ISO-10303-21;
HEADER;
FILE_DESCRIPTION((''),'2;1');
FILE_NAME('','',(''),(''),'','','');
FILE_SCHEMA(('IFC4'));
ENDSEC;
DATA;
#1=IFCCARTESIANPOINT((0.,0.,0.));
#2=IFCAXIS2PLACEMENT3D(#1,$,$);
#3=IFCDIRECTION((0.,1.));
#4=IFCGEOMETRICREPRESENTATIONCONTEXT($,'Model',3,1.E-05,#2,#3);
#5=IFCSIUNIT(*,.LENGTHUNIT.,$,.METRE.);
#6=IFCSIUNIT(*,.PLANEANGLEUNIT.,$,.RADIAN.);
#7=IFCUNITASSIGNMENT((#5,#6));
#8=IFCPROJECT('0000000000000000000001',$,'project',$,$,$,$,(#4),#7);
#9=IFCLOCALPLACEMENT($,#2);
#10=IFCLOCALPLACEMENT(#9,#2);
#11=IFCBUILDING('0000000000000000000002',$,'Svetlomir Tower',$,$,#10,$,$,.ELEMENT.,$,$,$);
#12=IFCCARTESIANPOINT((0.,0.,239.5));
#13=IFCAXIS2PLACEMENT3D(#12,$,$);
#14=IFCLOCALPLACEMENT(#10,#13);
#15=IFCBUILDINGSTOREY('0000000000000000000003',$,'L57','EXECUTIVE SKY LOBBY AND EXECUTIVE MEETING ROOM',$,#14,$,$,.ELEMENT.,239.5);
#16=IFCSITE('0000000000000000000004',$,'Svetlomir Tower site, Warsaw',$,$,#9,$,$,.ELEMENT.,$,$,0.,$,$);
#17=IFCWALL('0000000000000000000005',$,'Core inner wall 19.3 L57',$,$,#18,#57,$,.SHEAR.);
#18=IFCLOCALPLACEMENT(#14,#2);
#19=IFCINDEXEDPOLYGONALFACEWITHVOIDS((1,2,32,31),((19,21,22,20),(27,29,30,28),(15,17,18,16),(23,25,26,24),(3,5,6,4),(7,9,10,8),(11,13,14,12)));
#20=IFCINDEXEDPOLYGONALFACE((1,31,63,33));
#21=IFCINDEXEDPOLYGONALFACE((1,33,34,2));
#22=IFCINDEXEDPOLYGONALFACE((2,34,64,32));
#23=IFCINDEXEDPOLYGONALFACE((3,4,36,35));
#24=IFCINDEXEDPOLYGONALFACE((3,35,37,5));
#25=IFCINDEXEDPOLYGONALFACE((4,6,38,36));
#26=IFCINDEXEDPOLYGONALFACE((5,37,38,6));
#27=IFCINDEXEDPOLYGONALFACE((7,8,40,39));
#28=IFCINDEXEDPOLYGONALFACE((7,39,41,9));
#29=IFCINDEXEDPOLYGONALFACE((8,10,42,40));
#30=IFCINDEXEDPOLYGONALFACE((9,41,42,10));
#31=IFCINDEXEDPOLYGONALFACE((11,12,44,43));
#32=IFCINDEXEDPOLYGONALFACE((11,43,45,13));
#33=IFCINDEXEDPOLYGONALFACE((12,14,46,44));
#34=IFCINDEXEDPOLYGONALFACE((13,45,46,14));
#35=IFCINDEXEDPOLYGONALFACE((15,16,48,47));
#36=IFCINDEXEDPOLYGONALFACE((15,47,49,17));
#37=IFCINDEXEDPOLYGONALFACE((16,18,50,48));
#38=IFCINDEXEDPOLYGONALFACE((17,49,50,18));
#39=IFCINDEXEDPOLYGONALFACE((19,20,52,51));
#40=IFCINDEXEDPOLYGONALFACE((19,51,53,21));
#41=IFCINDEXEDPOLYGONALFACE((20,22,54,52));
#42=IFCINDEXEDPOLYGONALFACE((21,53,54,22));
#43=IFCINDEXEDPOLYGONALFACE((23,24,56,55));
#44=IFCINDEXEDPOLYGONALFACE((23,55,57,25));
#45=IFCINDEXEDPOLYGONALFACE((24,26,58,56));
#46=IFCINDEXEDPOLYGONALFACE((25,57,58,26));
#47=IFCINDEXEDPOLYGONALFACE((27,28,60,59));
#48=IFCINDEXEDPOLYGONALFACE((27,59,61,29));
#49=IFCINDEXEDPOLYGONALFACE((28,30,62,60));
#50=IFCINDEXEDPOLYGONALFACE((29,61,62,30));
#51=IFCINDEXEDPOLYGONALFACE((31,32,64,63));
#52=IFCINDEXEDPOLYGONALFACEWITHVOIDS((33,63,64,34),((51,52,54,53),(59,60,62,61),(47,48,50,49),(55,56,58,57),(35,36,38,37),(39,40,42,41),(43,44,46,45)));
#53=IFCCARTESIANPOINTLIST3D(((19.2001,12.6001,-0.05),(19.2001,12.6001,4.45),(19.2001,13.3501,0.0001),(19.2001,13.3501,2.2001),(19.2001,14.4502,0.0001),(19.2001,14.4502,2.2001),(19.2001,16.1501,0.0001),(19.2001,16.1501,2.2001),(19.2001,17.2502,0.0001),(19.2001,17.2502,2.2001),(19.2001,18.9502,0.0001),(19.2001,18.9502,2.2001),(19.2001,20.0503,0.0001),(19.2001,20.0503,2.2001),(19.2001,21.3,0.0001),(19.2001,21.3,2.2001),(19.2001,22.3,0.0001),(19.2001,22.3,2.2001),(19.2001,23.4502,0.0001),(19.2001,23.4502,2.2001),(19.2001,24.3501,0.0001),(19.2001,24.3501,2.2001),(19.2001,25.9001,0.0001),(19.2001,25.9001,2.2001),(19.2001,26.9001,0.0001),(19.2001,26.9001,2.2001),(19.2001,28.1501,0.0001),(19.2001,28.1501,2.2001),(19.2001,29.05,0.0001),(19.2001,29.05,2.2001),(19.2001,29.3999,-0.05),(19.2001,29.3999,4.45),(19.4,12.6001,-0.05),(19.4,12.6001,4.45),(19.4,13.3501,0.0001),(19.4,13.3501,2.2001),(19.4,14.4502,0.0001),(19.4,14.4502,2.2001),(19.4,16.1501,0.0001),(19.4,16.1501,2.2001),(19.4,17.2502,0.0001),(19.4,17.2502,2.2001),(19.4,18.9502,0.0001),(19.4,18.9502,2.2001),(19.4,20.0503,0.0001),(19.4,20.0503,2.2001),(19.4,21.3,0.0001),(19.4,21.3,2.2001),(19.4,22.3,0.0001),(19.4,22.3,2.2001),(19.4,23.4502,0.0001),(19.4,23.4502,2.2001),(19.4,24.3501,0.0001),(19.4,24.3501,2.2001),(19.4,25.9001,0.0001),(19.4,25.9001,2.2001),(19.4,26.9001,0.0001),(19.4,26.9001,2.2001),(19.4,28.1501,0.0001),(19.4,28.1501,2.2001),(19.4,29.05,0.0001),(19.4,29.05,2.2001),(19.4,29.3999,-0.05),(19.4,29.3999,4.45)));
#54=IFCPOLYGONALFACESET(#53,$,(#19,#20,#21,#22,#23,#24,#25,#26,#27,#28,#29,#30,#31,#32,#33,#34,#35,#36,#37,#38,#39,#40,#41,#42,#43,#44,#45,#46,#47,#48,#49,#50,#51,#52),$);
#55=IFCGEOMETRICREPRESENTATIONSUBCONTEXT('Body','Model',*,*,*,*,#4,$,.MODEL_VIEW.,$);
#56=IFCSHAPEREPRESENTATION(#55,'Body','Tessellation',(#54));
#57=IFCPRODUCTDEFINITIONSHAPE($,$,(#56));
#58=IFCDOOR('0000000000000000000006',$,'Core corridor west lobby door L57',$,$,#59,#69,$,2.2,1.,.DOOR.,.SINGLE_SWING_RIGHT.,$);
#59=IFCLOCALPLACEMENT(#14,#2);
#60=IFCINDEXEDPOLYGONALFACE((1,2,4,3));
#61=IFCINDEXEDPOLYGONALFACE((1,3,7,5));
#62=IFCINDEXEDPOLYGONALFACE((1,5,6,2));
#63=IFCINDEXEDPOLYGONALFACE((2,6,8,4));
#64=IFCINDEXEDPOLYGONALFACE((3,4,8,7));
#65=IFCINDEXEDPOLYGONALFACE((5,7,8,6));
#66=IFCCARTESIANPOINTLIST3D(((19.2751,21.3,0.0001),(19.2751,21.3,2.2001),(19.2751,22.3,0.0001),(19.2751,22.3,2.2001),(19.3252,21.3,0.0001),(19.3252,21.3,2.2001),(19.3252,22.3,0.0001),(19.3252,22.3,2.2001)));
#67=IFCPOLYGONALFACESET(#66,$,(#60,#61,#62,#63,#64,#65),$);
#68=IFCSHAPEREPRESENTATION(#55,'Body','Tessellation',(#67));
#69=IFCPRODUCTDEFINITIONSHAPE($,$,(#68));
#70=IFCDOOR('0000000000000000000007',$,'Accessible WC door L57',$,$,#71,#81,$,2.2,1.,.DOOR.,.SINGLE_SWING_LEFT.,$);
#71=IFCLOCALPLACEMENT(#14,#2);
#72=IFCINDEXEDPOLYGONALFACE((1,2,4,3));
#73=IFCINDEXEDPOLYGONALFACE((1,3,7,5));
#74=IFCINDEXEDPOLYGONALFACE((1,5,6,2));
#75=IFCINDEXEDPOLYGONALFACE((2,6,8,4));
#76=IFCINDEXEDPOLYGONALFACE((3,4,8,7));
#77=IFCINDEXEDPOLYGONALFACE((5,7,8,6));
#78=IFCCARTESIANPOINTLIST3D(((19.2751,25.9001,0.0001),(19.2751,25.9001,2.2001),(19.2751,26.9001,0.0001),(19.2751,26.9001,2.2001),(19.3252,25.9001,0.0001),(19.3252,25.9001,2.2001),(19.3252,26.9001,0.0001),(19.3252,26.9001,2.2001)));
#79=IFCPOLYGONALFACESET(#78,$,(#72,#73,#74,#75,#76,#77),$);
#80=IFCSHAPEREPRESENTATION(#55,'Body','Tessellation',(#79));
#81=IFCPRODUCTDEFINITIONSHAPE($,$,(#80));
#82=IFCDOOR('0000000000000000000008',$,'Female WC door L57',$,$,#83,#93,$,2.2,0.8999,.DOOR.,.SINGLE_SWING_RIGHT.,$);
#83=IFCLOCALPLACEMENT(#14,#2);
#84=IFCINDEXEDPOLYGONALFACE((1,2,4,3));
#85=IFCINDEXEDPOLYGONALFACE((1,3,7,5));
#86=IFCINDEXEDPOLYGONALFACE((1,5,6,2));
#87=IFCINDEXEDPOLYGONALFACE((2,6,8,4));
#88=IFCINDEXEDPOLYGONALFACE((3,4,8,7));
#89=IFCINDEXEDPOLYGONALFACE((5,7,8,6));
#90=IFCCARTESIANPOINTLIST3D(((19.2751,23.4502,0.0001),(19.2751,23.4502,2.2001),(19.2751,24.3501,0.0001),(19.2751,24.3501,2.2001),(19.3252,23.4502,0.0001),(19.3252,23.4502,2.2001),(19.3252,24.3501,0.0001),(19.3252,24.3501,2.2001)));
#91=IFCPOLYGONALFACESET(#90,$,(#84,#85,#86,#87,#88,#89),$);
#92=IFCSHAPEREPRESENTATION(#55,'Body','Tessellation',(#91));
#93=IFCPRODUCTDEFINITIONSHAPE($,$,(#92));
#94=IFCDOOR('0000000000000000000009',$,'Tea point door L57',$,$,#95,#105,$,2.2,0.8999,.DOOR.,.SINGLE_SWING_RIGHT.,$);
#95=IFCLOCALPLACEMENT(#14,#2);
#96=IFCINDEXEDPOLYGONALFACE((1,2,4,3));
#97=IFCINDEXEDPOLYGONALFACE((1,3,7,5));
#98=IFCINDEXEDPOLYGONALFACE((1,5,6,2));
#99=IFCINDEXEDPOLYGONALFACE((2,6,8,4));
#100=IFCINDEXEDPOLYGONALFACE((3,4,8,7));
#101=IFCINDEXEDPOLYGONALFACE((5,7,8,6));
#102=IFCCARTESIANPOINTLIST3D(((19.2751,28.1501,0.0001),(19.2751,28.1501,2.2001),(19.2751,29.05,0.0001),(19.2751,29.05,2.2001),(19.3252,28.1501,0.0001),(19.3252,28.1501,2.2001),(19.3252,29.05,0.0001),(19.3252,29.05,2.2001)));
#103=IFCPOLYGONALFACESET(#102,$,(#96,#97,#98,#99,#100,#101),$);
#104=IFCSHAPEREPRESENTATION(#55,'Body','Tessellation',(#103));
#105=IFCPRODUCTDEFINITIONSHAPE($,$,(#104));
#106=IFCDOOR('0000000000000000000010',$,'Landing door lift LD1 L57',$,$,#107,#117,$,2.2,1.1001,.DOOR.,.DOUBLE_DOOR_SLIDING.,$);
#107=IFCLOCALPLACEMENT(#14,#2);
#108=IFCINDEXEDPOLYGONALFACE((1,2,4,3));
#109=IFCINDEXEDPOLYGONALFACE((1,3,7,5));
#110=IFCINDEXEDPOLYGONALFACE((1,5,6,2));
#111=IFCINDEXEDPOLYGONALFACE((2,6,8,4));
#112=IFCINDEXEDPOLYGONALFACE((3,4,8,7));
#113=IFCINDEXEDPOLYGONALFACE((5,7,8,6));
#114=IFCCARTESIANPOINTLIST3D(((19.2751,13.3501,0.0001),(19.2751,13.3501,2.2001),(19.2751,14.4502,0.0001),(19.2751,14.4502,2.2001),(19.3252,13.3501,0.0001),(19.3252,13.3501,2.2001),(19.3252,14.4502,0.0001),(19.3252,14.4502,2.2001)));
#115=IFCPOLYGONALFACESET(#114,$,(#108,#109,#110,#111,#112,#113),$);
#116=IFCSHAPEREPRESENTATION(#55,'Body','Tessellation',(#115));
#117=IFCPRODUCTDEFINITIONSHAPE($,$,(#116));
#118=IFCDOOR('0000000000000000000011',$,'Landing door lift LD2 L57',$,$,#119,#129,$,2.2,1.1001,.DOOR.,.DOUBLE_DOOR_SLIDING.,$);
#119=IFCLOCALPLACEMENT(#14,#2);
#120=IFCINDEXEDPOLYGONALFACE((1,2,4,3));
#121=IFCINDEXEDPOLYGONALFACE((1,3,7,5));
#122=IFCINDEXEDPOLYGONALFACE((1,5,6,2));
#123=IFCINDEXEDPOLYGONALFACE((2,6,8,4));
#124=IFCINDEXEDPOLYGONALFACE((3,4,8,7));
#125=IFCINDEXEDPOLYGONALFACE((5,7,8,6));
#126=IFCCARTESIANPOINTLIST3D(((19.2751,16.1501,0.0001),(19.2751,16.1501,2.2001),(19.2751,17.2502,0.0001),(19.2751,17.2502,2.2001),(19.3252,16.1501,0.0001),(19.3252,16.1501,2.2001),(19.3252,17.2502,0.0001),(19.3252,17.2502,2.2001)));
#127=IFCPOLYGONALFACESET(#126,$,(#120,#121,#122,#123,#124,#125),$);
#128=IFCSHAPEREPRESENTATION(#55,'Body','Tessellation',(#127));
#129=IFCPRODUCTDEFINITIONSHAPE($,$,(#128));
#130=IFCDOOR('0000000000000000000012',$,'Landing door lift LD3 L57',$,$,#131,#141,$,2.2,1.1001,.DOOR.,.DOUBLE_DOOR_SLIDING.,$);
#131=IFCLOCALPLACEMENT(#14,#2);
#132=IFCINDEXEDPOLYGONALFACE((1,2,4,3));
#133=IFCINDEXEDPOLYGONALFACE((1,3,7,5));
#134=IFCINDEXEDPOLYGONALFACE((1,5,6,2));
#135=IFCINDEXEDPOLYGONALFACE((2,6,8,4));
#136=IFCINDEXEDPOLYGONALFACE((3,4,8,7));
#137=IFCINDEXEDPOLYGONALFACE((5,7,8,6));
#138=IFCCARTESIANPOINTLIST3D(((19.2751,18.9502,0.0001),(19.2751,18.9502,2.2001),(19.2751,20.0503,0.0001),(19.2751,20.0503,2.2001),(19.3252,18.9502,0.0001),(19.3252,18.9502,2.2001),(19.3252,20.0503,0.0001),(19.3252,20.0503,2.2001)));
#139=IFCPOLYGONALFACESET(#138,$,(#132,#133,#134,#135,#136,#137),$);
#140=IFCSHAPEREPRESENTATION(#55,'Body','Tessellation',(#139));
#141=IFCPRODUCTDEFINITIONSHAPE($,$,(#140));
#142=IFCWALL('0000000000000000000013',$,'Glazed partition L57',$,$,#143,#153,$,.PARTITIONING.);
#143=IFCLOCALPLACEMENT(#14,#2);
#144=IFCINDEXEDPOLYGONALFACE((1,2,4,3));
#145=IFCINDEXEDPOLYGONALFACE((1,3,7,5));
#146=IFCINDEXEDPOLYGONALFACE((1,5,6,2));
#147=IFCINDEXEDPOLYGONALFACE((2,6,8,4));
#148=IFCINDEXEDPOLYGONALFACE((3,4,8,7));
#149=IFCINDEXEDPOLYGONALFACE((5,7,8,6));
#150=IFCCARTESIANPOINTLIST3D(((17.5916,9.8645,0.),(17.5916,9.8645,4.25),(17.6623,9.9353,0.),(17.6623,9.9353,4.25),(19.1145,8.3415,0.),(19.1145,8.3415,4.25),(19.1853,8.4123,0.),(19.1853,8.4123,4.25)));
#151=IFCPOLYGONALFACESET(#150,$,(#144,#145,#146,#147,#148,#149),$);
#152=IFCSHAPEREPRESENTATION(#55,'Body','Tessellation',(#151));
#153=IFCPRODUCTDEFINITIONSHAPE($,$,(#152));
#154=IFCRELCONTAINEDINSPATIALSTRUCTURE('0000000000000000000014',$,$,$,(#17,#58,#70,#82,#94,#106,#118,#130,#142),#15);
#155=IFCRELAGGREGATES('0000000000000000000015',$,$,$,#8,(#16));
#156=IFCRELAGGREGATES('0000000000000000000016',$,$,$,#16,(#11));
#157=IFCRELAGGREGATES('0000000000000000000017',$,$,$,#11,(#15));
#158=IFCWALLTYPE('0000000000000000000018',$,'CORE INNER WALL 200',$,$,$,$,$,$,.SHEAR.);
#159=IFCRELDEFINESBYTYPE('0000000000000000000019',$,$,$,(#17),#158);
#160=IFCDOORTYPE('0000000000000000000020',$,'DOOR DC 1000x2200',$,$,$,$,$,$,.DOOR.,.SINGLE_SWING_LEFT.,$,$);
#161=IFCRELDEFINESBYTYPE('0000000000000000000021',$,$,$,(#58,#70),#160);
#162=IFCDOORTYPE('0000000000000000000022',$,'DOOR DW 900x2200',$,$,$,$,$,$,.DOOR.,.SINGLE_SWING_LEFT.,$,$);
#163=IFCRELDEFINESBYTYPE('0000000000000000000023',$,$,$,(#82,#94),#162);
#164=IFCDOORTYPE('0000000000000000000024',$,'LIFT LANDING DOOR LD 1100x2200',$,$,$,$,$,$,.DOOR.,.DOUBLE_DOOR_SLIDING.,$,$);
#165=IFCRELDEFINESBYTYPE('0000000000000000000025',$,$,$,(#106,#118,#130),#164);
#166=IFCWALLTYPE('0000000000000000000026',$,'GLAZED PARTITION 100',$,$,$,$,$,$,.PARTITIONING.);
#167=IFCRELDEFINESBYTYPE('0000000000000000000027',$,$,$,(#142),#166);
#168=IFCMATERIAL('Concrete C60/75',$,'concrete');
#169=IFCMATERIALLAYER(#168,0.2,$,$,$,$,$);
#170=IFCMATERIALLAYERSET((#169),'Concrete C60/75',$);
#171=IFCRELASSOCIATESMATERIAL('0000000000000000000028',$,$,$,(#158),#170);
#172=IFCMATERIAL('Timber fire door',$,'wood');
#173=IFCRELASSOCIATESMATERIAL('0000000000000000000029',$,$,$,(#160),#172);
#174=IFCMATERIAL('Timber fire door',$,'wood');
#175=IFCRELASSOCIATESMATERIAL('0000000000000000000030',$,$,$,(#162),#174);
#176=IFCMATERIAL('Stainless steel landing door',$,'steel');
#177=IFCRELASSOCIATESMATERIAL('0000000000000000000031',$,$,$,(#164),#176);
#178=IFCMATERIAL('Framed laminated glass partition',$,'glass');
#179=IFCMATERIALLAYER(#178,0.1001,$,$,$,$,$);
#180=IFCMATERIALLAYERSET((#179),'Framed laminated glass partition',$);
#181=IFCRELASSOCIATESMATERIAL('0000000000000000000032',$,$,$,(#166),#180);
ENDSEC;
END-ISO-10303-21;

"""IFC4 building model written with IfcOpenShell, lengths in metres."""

from ifc_helpers import new_model, si_unit, direction, frame, frame_2d, origin, place, context, subcontext, project, spatial, rectangle, extrude, material, layer, layer_set, type_object, element, fill, save


model = new_model("IFC4")

# Units and contexts
model_context = context("Model", 3, precision=1e-05, world=origin(), true_north=direction((0.0, 1.0)))
body_context = subcontext(model_context, "Body", "Model", "MODEL_VIEW")
ifc_project = project(units=[si_unit("LENGTHUNIT", "METRE"), si_unit("PLANEANGLEUNIT", "RADIAN")], contexts=[model_context])

# Site, building, storey
site_placement = place(None, origin())
site = spatial("IfcSite", under=ifc_project, at=site_placement, Name="Svetlomir Tower site, Warsaw", CompositionType="ELEMENT", RefElevation=0.0)
building_placement = place(site_placement, origin())
building = spatial("IfcBuilding", under=site, at=building_placement, Name="Svetlomir Tower", CompositionType="ELEMENT")
storey_placement = place(building_placement, frame((0.0, 0.0, 239.5)))
storey = spatial("IfcBuildingStorey", under=building, at=storey_placement, Name="L57", Description="EXECUTIVE SKY LOBBY AND EXECUTIVE MEETING ROOM", CompositionType="ELEMENT", Elevation=239.5)

# Wall, openings, doors
ifc_material_1 = material(Name="Concrete C60/75", Category="concrete")
ifc_layer_1 = layer(ifc_material_1, 0.2)
ifc_layer_set_1 = layer_set([ifc_layer_1], Name="Concrete C60/75")
wall_type_1 = type_object("IfcWallType", Name="CORE INNER WALL 200", PredefinedType="SHEAR", material=ifc_layer_set_1)
wall_1_placement = place(storey_placement, frame((19.3, 12.6001, -0.05), z_axis=(0.0, 0.0, 1.0), x_axis=(0.0, 1.0, 0.0)))
wall_1 = element("IfcWall", 1, at=wall_1_placement, inside=storey, type_object=wall_type_1, Name="Core inner wall 19.3 L57", PredefinedType="SHEAR", context=body_context, shape_type="SweptSolid", body=[
    extrude(rectangle(XDim=16.7998, YDim=0.2, at=frame_2d((8.3999, 0.0))), origin(), (0.0, 0.0, 1.0), 4.5),
])
opening_1_placement = place(wall_1_placement, frame((8.7, 0.0, 0.05)))
opening_1 = element("IfcOpeningElement", 2, at=opening_1_placement, cuts=wall_1, PredefinedType="OPENING", context=body_context, shape_type="SweptSolid", body=[
    extrude(rectangle(XDim=1.0, YDim=2.2, at=frame_2d((0.5, 1.1001))), frame((0.0, 0.1099, 0.0), z_axis=(0.0, -1.0, 0.0), x_axis=(1.0, 0.0, 0.0)), (0.0, 0.0, 1.0), 0.22),
])
opening_2_placement = place(wall_1_placement, frame((10.8501, 0.0, 0.05)))
opening_2 = element("IfcOpeningElement", 3, at=opening_2_placement, cuts=wall_1, PredefinedType="OPENING", context=body_context, shape_type="SweptSolid", body=[
    extrude(rectangle(XDim=0.8999, YDim=2.2, at=frame_2d((0.45, 1.1001))), frame((0.0, 0.1099, 0.0), z_axis=(0.0, -1.0, 0.0), x_axis=(1.0, 0.0, 0.0)), (0.0, 0.0, 1.0), 0.22),
])
opening_3_placement = place(wall_1_placement, frame((13.3, 0.0, 0.05)))
opening_3 = element("IfcOpeningElement", 4, at=opening_3_placement, cuts=wall_1, PredefinedType="OPENING", context=body_context, shape_type="SweptSolid", body=[
    extrude(rectangle(XDim=1.0, YDim=2.2, at=frame_2d((0.5, 1.1001))), frame((0.0, 0.1099, 0.0), z_axis=(0.0, -1.0, 0.0), x_axis=(1.0, 0.0, 0.0)), (0.0, 0.0, 1.0), 0.22),
])
opening_4_placement = place(wall_1_placement, frame((15.55, 0.0, 0.05)))
opening_4 = element("IfcOpeningElement", 5, at=opening_4_placement, cuts=wall_1, PredefinedType="OPENING", context=body_context, shape_type="SweptSolid", body=[
    extrude(rectangle(XDim=0.8999, YDim=2.2, at=frame_2d((0.45, 1.1001))), frame((0.0, 0.1099, 0.0), z_axis=(0.0, -1.0, 0.0), x_axis=(1.0, 0.0, 0.0)), (0.0, 0.0, 1.0), 0.22),
])
opening_5_placement = place(wall_1_placement, frame((0.75, 0.0, 0.05)))
opening_5 = element("IfcOpeningElement", 6, at=opening_5_placement, cuts=wall_1, PredefinedType="OPENING", context=body_context, shape_type="SweptSolid", body=[
    extrude(rectangle(XDim=1.1001, YDim=2.2, at=frame_2d((0.55, 1.1001))), frame((0.0, 0.1099, 0.0), z_axis=(0.0, -1.0, 0.0), x_axis=(1.0, 0.0, 0.0)), (0.0, 0.0, 1.0), 0.22),
])
opening_6_placement = place(wall_1_placement, frame((3.55, 0.0, 0.05)))
opening_6 = element("IfcOpeningElement", 7, at=opening_6_placement, cuts=wall_1, PredefinedType="OPENING", context=body_context, shape_type="SweptSolid", body=[
    extrude(rectangle(XDim=1.1001, YDim=2.2, at=frame_2d((0.55, 1.1001))), frame((0.0, 0.1099, 0.0), z_axis=(0.0, -1.0, 0.0), x_axis=(1.0, 0.0, 0.0)), (0.0, 0.0, 1.0), 0.22),
])
opening_7_placement = place(wall_1_placement, frame((6.3501, 0.0, 0.05)))
opening_7 = element("IfcOpeningElement", 8, at=opening_7_placement, cuts=wall_1, PredefinedType="OPENING", context=body_context, shape_type="SweptSolid", body=[
    extrude(rectangle(XDim=1.1001, YDim=2.2, at=frame_2d((0.55, 1.1001))), frame((0.0, 0.1099, 0.0), z_axis=(0.0, -1.0, 0.0), x_axis=(1.0, 0.0, 0.0)), (0.0, 0.0, 1.0), 0.22),
])
ifc_material_2 = material(Name="Timber fire door", Category="wood")
door_type_1 = type_object("IfcDoorType", Name="DOOR DC 1000x2200", OperationType="SINGLE_SWING_LEFT", PredefinedType="DOOR", material=ifc_material_2)
door_1_placement = place(opening_1_placement, origin())
door_1 = element("IfcDoor", 9, at=door_1_placement, inside=storey, type_object=door_type_1, Name="Core corridor west lobby door L57", OperationType="SINGLE_SWING_RIGHT", OverallHeight=2.2, OverallWidth=1.0, PredefinedType="DOOR", context=body_context, shape_type="SweptSolid", body=[
    extrude(rectangle(XDim=1.0, YDim=2.2, at=frame_2d((0.5, 1.1001))), frame((0.0, 0.0249, 0.0), z_axis=(0.0, -1.0, 0.0), x_axis=(1.0, 0.0, 0.0)), (0.0, 0.0, 1.0), 0.05),
])
fill(opening_1, door_1)
door_2_placement = place(opening_3_placement, origin())
door_2 = element("IfcDoor", 10, at=door_2_placement, inside=storey, type_object=door_type_1, Name="Accessible WC door L57", OperationType="SINGLE_SWING_LEFT", OverallHeight=2.2, OverallWidth=1.0, PredefinedType="DOOR", context=body_context, shape_type="SweptSolid", body=[
    extrude(rectangle(XDim=1.0, YDim=2.2, at=frame_2d((0.5, 1.1001))), frame((0.0, 0.0249, 0.0), z_axis=(0.0, -1.0, 0.0), x_axis=(1.0, 0.0, 0.0)), (0.0, 0.0, 1.0), 0.05),
])
fill(opening_3, door_2)
ifc_material_3 = material(Name="Timber fire door", Category="wood")
door_type_2 = type_object("IfcDoorType", Name="DOOR DW 900x2200", OperationType="SINGLE_SWING_LEFT", PredefinedType="DOOR", material=ifc_material_3)
door_3_placement = place(opening_2_placement, origin())
door_3 = element("IfcDoor", 11, at=door_3_placement, inside=storey, type_object=door_type_2, Name="Female WC door L57", OperationType="SINGLE_SWING_RIGHT", OverallHeight=2.2, OverallWidth=0.8999, PredefinedType="DOOR", context=body_context, shape_type="SweptSolid", body=[
    extrude(rectangle(XDim=0.8999, YDim=2.2, at=frame_2d((0.45, 1.1001))), frame((0.0, 0.0249, 0.0), z_axis=(0.0, -1.0, 0.0), x_axis=(1.0, 0.0, 0.0)), (0.0, 0.0, 1.0), 0.05),
])
fill(opening_2, door_3)
door_4_placement = place(opening_4_placement, origin())
door_4 = element("IfcDoor", 12, at=door_4_placement, inside=storey, type_object=door_type_2, Name="Tea point door L57", OperationType="SINGLE_SWING_RIGHT", OverallHeight=2.2, OverallWidth=0.8999, PredefinedType="DOOR", context=body_context, shape_type="SweptSolid", body=[
    extrude(rectangle(XDim=0.8999, YDim=2.2, at=frame_2d((0.45, 1.1001))), frame((0.0, 0.0249, 0.0), z_axis=(0.0, -1.0, 0.0), x_axis=(1.0, 0.0, 0.0)), (0.0, 0.0, 1.0), 0.05),
])
fill(opening_4, door_4)
ifc_material_4 = material(Name="Stainless steel landing door", Category="steel")
door_type_3 = type_object("IfcDoorType", Name="LIFT LANDING DOOR LD 1100x2200", OperationType="DOUBLE_DOOR_SLIDING", PredefinedType="DOOR", material=ifc_material_4)
door_5_placement = place(opening_5_placement, origin())
door_5 = element("IfcDoor", 13, at=door_5_placement, inside=storey, type_object=door_type_3, Name="Landing door lift LD1 L57", OperationType="DOUBLE_DOOR_SLIDING", OverallHeight=2.2, OverallWidth=1.1001, PredefinedType="DOOR", context=body_context, shape_type="SweptSolid", body=[
    extrude(rectangle(XDim=1.1001, YDim=2.2, at=frame_2d((0.55, 1.1001))), frame((0.0, 0.0249, 0.0), z_axis=(0.0, -1.0, 0.0), x_axis=(1.0, 0.0, 0.0)), (0.0, 0.0, 1.0), 0.05),
])
fill(opening_5, door_5)
door_6_placement = place(opening_6_placement, origin())
door_6 = element("IfcDoor", 14, at=door_6_placement, inside=storey, type_object=door_type_3, Name="Landing door lift LD2 L57", OperationType="DOUBLE_DOOR_SLIDING", OverallHeight=2.2, OverallWidth=1.1001, PredefinedType="DOOR", context=body_context, shape_type="SweptSolid", body=[
    extrude(rectangle(XDim=1.1001, YDim=2.2, at=frame_2d((0.55, 1.1001))), frame((0.0, 0.0249, 0.0), z_axis=(0.0, -1.0, 0.0), x_axis=(1.0, 0.0, 0.0)), (0.0, 0.0, 1.0), 0.05),
])
fill(opening_6, door_6)
door_7_placement = place(opening_7_placement, origin())
door_7 = element("IfcDoor", 15, at=door_7_placement, inside=storey, type_object=door_type_3, Name="Landing door lift LD3 L57", OperationType="DOUBLE_DOOR_SLIDING", OverallHeight=2.2, OverallWidth=1.1001, PredefinedType="DOOR", context=body_context, shape_type="SweptSolid", body=[
    extrude(rectangle(XDim=1.1001, YDim=2.2, at=frame_2d((0.55, 1.1001))), frame((0.0, 0.0249, 0.0), z_axis=(0.0, -1.0, 0.0), x_axis=(1.0, 0.0, 0.0)), (0.0, 0.0, 1.0), 0.05),
])
fill(opening_7, door_7)

# Wall
ifc_material_5 = material(Name="Framed laminated glass partition", Category="glass")
ifc_layer_2 = layer(ifc_material_5, 0.1001)
ifc_layer_set_2 = layer_set([ifc_layer_2], Name="Framed laminated glass partition")
wall_type_2 = type_object("IfcWallType", Name="GLAZED PARTITION 100", PredefinedType="PARTITIONING", material=ifc_layer_set_2)
wall_2_placement = place(storey_placement, frame((17.627, 9.8999, 0.0), z_axis=(0.0, 0.0, 1.0), x_axis=(0.707107, -0.707107, 0.0)))
element("IfcWall", 16, at=wall_2_placement, inside=storey, type_object=wall_type_2, Name="Glazed partition L57", PredefinedType="PARTITIONING", context=body_context, shape_type="SweptSolid", body=[
    extrude(rectangle(XDim=2.1538, YDim=0.1001, at=frame_2d((1.0769, 0.0))), origin(), (0.0, 0.0, 1.0), 4.25),
])

save(model, "model.ifc")
